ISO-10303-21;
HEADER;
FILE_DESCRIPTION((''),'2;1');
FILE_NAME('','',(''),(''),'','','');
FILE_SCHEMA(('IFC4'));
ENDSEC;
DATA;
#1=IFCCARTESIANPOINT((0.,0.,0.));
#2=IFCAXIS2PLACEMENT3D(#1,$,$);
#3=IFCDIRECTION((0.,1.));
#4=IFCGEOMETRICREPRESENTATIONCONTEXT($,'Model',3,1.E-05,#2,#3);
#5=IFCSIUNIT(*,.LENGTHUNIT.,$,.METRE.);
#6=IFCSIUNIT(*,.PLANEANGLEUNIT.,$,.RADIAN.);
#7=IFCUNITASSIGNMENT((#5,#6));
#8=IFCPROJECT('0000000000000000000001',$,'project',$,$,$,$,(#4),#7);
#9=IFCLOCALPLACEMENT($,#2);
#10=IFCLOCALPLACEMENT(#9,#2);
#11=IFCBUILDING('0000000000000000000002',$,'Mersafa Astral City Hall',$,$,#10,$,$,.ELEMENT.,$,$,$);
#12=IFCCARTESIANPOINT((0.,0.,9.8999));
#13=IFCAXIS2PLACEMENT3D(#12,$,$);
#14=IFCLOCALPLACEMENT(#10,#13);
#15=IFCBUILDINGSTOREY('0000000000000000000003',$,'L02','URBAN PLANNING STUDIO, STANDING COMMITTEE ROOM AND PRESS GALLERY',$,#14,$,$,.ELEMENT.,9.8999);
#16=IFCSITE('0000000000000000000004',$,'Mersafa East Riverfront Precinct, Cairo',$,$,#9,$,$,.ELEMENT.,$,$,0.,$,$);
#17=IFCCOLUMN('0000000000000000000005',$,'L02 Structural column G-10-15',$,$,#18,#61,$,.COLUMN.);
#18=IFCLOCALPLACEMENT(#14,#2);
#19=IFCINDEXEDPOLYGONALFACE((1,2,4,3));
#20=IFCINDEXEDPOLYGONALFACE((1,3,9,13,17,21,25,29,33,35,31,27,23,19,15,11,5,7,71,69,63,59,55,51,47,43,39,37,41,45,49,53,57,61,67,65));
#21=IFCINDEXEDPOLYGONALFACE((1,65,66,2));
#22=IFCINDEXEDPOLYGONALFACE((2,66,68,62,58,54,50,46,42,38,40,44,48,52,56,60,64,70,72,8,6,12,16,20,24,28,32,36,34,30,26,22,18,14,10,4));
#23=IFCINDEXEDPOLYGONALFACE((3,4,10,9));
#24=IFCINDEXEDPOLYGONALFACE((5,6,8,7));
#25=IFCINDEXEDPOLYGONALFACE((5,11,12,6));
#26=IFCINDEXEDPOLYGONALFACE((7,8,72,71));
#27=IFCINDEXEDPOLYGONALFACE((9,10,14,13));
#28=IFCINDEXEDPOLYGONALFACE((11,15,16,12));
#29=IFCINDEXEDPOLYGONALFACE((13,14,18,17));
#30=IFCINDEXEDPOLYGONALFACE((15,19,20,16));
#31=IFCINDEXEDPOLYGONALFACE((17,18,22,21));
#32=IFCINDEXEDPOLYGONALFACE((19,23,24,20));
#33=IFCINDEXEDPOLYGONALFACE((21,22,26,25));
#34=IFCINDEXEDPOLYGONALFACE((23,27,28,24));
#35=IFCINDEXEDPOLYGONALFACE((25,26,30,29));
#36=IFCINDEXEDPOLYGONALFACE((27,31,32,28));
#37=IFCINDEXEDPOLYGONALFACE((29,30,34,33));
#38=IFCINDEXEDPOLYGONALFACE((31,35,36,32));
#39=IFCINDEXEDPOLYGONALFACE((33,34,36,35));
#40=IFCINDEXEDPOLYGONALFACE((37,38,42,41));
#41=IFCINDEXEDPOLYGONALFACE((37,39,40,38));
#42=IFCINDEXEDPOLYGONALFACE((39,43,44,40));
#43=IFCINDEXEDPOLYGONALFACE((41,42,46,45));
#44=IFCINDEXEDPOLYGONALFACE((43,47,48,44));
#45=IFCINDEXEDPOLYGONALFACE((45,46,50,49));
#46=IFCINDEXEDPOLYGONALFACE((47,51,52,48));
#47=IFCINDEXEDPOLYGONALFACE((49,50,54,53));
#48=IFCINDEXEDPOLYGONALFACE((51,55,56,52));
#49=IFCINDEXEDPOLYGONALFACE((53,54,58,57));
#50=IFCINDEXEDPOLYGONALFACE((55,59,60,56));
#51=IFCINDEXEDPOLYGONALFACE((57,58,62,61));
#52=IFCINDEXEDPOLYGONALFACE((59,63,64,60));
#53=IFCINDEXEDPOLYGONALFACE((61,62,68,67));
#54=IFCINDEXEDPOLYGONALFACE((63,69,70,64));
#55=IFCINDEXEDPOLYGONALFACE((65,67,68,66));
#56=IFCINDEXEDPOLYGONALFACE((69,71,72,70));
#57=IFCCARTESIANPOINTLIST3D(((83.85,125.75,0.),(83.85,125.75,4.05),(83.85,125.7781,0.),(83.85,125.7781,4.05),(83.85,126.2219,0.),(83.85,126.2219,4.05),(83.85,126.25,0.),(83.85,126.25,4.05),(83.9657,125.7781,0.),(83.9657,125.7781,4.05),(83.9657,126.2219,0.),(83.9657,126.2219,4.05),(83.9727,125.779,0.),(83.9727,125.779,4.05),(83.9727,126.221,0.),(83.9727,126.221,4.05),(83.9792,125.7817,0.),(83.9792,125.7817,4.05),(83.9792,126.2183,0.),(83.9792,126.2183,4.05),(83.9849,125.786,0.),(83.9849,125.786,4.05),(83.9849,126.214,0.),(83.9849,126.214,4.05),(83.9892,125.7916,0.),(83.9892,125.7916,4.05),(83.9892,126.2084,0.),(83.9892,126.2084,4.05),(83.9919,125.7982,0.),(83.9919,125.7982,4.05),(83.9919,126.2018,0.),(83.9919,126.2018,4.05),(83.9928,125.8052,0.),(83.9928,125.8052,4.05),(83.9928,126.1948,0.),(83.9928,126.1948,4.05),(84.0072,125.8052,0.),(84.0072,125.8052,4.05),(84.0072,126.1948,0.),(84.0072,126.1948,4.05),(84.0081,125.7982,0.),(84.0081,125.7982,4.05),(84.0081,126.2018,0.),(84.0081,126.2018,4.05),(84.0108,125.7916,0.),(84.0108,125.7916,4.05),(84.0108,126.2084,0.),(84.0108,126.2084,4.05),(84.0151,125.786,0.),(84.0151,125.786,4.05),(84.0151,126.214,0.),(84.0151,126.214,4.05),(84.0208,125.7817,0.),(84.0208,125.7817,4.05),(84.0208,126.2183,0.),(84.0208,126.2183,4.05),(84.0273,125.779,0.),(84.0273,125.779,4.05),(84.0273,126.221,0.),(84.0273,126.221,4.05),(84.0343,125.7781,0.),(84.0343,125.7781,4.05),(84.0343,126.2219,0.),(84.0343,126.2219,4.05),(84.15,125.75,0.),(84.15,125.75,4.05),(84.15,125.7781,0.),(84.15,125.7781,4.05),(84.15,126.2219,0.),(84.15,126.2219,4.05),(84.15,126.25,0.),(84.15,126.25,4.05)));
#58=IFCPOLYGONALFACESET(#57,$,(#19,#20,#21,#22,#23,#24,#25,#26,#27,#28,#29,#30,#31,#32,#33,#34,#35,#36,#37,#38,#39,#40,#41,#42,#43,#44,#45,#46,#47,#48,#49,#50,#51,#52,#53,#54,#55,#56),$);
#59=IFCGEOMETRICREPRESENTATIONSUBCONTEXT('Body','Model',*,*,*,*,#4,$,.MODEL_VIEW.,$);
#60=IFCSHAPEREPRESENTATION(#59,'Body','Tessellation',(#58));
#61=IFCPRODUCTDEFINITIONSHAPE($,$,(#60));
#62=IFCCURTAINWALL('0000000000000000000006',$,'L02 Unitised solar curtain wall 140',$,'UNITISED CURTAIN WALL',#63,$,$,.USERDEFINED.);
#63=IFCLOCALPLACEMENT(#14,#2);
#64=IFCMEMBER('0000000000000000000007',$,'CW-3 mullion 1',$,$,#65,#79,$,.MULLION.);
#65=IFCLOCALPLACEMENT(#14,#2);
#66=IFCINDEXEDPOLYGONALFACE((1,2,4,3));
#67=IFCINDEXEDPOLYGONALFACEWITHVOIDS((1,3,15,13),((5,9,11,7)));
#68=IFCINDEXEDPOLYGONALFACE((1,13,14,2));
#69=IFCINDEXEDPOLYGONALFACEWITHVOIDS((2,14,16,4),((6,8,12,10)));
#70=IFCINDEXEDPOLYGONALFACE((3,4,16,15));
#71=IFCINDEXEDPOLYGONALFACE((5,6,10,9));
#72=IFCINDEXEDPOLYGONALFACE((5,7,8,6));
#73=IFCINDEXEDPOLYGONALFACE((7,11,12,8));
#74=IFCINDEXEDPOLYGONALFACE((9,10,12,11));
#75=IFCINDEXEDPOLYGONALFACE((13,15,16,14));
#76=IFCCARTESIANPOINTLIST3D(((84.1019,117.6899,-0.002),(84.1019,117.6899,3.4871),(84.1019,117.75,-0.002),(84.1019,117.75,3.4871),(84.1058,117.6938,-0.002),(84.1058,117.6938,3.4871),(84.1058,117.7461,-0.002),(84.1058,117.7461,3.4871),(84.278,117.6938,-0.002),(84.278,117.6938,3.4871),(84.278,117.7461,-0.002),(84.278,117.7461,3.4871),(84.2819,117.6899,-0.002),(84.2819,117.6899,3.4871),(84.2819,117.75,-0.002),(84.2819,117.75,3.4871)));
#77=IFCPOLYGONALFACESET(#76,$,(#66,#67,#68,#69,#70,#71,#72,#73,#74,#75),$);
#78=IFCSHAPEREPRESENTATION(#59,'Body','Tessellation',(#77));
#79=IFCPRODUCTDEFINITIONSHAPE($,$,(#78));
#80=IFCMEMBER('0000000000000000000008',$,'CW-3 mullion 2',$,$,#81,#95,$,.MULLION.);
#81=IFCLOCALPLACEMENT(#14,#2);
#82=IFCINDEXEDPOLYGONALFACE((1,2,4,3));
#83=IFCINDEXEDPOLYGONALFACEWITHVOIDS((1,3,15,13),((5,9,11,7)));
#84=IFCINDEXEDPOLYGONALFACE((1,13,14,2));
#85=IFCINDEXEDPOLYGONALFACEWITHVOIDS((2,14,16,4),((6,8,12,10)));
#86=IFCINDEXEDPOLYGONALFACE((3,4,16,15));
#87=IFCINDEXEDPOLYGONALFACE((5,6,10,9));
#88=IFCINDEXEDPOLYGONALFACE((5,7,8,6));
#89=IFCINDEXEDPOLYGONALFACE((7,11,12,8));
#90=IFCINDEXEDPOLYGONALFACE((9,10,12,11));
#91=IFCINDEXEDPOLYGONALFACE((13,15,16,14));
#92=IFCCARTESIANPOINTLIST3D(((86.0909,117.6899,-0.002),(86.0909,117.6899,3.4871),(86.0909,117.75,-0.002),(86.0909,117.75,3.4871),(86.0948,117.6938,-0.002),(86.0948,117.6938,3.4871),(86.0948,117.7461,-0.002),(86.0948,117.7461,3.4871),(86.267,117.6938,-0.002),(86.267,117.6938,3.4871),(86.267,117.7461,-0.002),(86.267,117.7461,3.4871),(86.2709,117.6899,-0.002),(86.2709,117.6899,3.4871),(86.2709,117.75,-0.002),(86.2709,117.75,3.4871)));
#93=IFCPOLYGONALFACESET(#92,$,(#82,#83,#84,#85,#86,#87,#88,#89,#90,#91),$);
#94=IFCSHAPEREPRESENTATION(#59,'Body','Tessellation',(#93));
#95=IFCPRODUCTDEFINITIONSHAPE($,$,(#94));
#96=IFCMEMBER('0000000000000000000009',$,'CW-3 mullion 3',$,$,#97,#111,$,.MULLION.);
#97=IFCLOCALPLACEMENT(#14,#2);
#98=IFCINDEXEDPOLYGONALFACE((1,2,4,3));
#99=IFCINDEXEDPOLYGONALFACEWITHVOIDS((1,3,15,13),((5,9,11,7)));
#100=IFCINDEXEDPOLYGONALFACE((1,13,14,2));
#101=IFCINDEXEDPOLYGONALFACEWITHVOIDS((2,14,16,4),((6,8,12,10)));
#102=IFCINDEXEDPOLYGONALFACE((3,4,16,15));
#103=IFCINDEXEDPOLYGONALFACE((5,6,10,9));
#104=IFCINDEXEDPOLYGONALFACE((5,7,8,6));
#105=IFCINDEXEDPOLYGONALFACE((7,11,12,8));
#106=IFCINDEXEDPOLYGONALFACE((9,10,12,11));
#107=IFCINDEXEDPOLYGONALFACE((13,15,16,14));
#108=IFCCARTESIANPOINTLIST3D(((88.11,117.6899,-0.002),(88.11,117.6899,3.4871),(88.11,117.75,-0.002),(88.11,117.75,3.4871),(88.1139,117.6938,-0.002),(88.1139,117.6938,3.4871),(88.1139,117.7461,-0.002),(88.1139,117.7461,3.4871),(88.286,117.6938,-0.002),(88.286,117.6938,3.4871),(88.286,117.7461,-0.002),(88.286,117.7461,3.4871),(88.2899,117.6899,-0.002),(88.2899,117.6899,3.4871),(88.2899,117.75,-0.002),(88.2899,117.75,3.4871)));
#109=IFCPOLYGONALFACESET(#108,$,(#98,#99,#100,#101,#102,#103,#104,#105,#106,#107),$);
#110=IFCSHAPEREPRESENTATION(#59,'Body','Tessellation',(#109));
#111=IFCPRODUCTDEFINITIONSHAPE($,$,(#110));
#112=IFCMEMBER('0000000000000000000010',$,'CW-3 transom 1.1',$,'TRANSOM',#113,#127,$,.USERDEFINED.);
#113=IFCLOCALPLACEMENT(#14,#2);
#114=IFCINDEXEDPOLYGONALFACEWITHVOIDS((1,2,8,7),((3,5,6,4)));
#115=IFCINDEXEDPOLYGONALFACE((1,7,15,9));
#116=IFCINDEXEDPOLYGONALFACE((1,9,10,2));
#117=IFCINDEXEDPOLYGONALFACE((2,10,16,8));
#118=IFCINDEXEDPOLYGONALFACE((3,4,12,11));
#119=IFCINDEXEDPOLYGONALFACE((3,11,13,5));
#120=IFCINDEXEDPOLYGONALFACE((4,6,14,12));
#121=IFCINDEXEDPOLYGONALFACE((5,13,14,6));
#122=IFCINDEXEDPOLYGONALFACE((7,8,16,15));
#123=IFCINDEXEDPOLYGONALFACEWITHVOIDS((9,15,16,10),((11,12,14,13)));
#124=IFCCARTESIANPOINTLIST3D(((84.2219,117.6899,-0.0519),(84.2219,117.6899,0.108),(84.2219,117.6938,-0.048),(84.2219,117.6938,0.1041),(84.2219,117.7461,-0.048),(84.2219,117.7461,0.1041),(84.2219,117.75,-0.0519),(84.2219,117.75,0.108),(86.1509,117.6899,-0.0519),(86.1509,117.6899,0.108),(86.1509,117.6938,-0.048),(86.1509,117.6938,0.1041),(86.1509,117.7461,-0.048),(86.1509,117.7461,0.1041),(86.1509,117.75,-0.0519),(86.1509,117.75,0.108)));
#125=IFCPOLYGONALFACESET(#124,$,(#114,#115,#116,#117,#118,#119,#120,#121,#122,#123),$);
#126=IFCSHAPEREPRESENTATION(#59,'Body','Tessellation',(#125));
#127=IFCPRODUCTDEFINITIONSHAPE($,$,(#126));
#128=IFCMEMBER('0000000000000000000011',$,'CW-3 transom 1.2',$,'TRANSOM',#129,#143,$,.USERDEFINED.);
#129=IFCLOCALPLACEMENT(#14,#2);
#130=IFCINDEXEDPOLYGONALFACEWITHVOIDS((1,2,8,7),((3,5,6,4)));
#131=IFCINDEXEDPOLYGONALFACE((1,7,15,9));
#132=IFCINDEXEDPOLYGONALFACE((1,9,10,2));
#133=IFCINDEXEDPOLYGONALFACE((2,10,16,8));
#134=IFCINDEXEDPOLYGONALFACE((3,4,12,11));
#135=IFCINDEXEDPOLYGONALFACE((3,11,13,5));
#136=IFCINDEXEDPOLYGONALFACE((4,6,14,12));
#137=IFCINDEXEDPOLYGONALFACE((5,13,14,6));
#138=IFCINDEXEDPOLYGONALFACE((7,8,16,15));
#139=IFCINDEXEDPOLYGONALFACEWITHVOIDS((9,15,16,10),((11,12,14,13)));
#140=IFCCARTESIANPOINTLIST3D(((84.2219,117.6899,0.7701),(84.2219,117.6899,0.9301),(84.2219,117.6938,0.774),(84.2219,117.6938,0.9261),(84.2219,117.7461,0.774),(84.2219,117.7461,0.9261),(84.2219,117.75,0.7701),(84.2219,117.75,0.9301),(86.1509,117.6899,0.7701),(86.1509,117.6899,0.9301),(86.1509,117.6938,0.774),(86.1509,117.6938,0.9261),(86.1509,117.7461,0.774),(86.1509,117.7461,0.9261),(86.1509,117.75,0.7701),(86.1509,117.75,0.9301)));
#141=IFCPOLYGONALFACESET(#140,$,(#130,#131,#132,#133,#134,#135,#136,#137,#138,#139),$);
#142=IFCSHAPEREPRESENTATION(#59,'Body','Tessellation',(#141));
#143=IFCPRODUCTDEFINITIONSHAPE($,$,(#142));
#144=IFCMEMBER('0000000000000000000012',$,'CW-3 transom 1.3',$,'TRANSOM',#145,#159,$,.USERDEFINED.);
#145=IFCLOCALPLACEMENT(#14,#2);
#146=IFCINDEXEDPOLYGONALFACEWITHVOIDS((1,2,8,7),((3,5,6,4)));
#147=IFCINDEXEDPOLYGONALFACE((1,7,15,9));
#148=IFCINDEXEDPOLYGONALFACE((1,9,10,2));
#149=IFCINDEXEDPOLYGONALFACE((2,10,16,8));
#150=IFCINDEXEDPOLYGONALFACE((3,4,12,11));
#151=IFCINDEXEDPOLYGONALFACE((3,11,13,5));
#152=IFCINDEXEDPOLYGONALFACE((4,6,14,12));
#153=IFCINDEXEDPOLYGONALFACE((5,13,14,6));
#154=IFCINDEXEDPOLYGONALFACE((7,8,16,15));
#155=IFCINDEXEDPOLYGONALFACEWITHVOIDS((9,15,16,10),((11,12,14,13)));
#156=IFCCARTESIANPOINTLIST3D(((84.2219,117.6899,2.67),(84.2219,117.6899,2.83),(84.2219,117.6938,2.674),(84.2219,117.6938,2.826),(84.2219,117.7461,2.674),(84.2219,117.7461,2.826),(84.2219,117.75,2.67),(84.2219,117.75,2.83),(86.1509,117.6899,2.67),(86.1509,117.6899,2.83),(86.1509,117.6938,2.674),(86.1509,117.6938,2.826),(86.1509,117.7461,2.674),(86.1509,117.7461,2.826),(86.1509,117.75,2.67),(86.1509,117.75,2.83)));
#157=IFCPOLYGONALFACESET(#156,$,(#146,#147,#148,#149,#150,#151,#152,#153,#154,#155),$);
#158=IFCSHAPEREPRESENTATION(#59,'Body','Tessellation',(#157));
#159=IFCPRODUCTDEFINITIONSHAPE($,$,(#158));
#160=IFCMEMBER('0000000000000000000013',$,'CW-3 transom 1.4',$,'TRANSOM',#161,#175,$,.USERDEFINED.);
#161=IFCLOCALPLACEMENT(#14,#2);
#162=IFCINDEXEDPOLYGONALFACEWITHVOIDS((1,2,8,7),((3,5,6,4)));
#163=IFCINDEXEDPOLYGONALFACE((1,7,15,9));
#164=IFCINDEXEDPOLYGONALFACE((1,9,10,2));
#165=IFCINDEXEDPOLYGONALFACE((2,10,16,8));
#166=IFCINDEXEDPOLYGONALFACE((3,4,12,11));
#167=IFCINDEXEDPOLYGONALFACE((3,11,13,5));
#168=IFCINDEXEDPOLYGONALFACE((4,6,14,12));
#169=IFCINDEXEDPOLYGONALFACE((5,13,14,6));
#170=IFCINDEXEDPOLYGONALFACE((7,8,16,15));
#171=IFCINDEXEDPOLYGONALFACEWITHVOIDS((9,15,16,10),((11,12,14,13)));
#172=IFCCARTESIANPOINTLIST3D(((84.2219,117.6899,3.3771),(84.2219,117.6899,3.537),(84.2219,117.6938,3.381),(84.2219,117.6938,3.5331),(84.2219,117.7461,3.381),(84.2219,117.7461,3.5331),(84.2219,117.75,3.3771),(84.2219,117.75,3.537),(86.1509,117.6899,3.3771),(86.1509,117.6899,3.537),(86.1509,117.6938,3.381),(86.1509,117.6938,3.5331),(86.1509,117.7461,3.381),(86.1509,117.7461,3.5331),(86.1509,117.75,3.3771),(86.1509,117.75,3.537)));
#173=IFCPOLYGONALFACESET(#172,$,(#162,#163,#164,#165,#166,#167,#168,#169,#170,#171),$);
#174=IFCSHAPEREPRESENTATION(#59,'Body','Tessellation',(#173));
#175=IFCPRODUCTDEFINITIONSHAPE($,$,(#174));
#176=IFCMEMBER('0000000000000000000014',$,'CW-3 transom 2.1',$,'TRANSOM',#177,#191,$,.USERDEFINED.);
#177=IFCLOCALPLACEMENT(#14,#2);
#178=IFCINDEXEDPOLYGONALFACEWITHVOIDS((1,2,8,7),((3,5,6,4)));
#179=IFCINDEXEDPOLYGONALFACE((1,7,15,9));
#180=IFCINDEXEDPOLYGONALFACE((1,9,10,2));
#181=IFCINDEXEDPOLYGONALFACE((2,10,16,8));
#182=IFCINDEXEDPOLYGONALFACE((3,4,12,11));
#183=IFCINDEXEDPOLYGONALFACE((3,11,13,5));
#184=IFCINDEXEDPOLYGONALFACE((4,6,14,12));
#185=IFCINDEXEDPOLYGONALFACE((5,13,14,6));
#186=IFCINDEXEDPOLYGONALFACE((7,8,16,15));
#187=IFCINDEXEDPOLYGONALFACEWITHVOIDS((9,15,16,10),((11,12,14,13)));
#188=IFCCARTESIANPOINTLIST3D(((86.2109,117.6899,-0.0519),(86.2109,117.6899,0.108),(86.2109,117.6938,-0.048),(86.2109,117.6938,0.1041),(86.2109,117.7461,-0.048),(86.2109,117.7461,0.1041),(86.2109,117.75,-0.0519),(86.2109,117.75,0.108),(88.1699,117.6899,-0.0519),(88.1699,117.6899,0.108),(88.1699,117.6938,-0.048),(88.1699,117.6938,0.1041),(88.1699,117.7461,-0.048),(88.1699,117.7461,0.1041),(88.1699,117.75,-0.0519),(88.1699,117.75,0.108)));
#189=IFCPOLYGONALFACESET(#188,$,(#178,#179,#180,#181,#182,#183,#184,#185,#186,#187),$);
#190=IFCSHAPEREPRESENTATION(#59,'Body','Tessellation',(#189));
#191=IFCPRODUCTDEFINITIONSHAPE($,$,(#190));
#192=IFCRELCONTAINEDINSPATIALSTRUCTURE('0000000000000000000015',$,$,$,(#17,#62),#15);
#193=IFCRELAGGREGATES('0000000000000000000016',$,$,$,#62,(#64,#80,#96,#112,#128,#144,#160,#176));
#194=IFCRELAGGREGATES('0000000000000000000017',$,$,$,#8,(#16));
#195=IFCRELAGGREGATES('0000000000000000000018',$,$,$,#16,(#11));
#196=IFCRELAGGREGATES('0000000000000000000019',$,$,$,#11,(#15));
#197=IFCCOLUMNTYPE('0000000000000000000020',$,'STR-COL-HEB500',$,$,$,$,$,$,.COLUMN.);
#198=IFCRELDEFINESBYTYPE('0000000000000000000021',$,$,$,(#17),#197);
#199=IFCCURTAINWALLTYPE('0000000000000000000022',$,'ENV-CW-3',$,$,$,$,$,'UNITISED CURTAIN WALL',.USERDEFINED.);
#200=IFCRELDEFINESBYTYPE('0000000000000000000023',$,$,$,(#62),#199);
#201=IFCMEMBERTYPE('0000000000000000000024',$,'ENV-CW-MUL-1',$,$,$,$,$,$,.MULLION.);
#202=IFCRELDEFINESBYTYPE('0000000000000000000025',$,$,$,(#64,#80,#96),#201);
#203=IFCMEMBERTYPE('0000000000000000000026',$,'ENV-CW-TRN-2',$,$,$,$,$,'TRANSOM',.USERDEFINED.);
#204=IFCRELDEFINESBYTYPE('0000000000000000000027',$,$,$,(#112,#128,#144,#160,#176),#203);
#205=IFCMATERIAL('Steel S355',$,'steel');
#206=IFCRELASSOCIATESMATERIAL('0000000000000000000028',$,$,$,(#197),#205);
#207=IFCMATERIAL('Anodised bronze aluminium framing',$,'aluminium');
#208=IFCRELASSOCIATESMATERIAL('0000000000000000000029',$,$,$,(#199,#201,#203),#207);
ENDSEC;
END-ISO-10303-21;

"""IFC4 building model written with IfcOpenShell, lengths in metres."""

from ifc_helpers import new_model, si_unit, direction, frame, origin, origin_2d, place, context, subcontext, project, spatial, hollow_rectangle, i_section, extrude, material, material_profile, profile_set, type_object, element, aggregate, save


model = new_model("IFC4")

# Units and contexts
model_context = context("Model", 3, precision=1e-05, world=origin(), true_north=direction((0.0, 1.0)))
body_context = subcontext(model_context, "Body", "Model", "MODEL_VIEW")
ifc_project = project(units=[si_unit("LENGTHUNIT", "METRE"), si_unit("PLANEANGLEUNIT", "RADIAN")], contexts=[model_context])

# Site, building, storey
site_placement = place(None, origin())
site = spatial("IfcSite", under=ifc_project, at=site_placement, Name="Mersafa East Riverfront Precinct, Cairo", CompositionType="ELEMENT", RefElevation=0.0)
building_placement = place(site_placement, origin())
building = spatial("IfcBuilding", under=site, at=building_placement, Name="Mersafa Astral City Hall", CompositionType="ELEMENT")
storey_placement = place(building_placement, frame((0.0, 0.0, 9.8999)))
storey = spatial("IfcBuildingStorey", under=building, at=storey_placement, Name="L02", Description="URBAN PLANNING STUDIO, STANDING COMMITTEE ROOM AND PRESS GALLERY", CompositionType="ELEMENT", Elevation=9.8999)

# Column
ifc_material_1 = material(Name="Steel S355", Category="steel")
ifc_material_profile_1 = material_profile(ifc_material_1, i_section(OverallWidth=0.3, OverallDepth=0.5, WebThickness=0.0144, FlangeThickness=0.0281, FilletRadius=0.0271, at=origin_2d()), Name="HEB 500")
ifc_profile_set_1 = profile_set([ifc_material_profile_1], Name="Steel S355")
column_type = type_object("IfcColumnType", Name="STR-COL-HEB500", PredefinedType="COLUMN", material=ifc_profile_set_1)
column_placement = place(storey_placement, frame((84.0, 126.0, 0.0), z_axis=(0.0, 0.0, 1.0), x_axis=(1.0, 0.0, 0.0)))
element("IfcColumn", 1, at=column_placement, inside=storey, type_object=column_type, Name="L02 Structural column G-10-15", PredefinedType="COLUMN", context=body_context, shape_type="SweptSolid", body=[
    extrude(i_section(OverallWidth=0.3, OverallDepth=0.5, WebThickness=0.0144, FlangeThickness=0.0281, FilletRadius=0.0271, at=origin_2d()), origin(), (0.0, 0.0, 1.0), 4.05),
])

# Curtain wall, members
ifc_material_2 = material(Name="Anodised bronze aluminium framing", Category="aluminium")
curtain_wall_type = type_object("IfcCurtainWallType", Name="ENV-CW-3", ElementType="UNITISED CURTAIN WALL", PredefinedType="USERDEFINED", material=ifc_material_2)
curtain_wall_placement = place(storey_placement, origin())
curtain_wall = element("IfcCurtainWall", 2, at=curtain_wall_placement, inside=storey, type_object=curtain_wall_type, Name="L02 Unitised solar curtain wall 140", ObjectType="UNITISED CURTAIN WALL", PredefinedType="USERDEFINED")
ifc_material_profile_2 = material_profile(ifc_material_2, hollow_rectangle(XDim=0.0601, YDim=0.1799, WallThickness=0.0039, at=origin_2d()), Name="RHS 60x180x4")
ifc_profile_set_2 = profile_set([ifc_material_profile_2], Name="Anodised bronze aluminium framing")
member_type_1 = type_object("IfcMemberType", Name="ENV-CW-MUL-1", PredefinedType="MULLION", material=ifc_profile_set_2)
member_1_placement = place(storey_placement, frame((84.1919, 117.72, -0.002), z_axis=(0.0, 0.0, 1.0), x_axis=(0.0, 1.0, 0.0)))
member_1 = element("IfcMember", 3, at=member_1_placement, type_object=member_type_1, Name="CW-3 mullion 1", PredefinedType="MULLION", context=body_context, shape_type="SweptSolid", body=[
    extrude(hollow_rectangle(XDim=0.0601, YDim=0.1799, WallThickness=0.0039, at=origin_2d()), origin(), (0.0, 0.0, 1.0), 3.489),
])
member_2_placement = place(storey_placement, frame((86.1809, 117.72, -0.002), z_axis=(0.0, 0.0, 1.0), x_axis=(0.0, 1.0, 0.0)))
member_2 = element("IfcMember", 4, at=member_2_placement, type_object=member_type_1, Name="CW-3 mullion 2", PredefinedType="MULLION", context=body_context, shape_type="SweptSolid", body=[
    extrude(hollow_rectangle(XDim=0.0601, YDim=0.1799, WallThickness=0.0039, at=origin_2d()), origin(), (0.0, 0.0, 1.0), 3.489),
])
member_3_placement = place(storey_placement, frame((88.2, 117.72, -0.002), z_axis=(0.0, 0.0, 1.0), x_axis=(0.0, 1.0, 0.0)))
member_3 = element("IfcMember", 5, at=member_3_placement, type_object=member_type_1, Name="CW-3 mullion 3", PredefinedType="MULLION", context=body_context, shape_type="SweptSolid", body=[
    extrude(hollow_rectangle(XDim=0.0601, YDim=0.1799, WallThickness=0.0039, at=origin_2d()), origin(), (0.0, 0.0, 1.0), 3.489),
])
ifc_material_profile_3 = material_profile(ifc_material_2, hollow_rectangle(XDim=0.0601, YDim=0.1599, WallThickness=0.0039, at=origin_2d()), Name="RHS 60x160x4")
ifc_profile_set_3 = profile_set([ifc_material_profile_3], Name="Anodised bronze aluminium framing")
member_type_2 = type_object("IfcMemberType", Name="ENV-CW-TRN-2", ElementType="TRANSOM", PredefinedType="USERDEFINED", material=ifc_profile_set_3)
member_4_placement = place(storey_placement, frame((84.2219, 117.72, 0.0281), z_axis=(1.0, 0.0, 0.0), x_axis=(0.0, 1.0, 0.0)))
member_4 = element("IfcMember", 6, at=member_4_placement, type_object=member_type_2, Name="CW-3 transom 1.1", ObjectType="TRANSOM", PredefinedType="USERDEFINED", context=body_context, shape_type="SweptSolid", body=[
    extrude(hollow_rectangle(XDim=0.0601, YDim=0.1599, WallThickness=0.0039, at=origin_2d()), origin(), (0.0, 0.0, 1.0), 1.929),
])
member_5_placement = place(storey_placement, frame((84.2219, 117.72, 0.8501), z_axis=(1.0, 0.0, 0.0), x_axis=(0.0, 1.0, 0.0)))
member_5 = element("IfcMember", 7, at=member_5_placement, type_object=member_type_2, Name="CW-3 transom 1.2", ObjectType="TRANSOM", PredefinedType="USERDEFINED", context=body_context, shape_type="SweptSolid", body=[
    extrude(hollow_rectangle(XDim=0.0601, YDim=0.1599, WallThickness=0.0039, at=origin_2d()), origin(), (0.0, 0.0, 1.0), 1.929),
])
member_6_placement = place(storey_placement, frame((84.2219, 117.72, 2.75), z_axis=(1.0, 0.0, 0.0), x_axis=(0.0, 1.0, 0.0)))
member_6 = element("IfcMember", 8, at=member_6_placement, type_object=member_type_2, Name="CW-3 transom 1.3", ObjectType="TRANSOM", PredefinedType="USERDEFINED", context=body_context, shape_type="SweptSolid", body=[
    extrude(hollow_rectangle(XDim=0.0601, YDim=0.1599, WallThickness=0.0039, at=origin_2d()), origin(), (0.0, 0.0, 1.0), 1.929),
])
member_7_placement = place(storey_placement, frame((84.2219, 117.72, 3.457), z_axis=(1.0, 0.0, 0.0), x_axis=(0.0, 1.0, 0.0)))
member_7 = element("IfcMember", 9, at=member_7_placement, type_object=member_type_2, Name="CW-3 transom 1.4", ObjectType="TRANSOM", PredefinedType="USERDEFINED", context=body_context, shape_type="SweptSolid", body=[
    extrude(hollow_rectangle(XDim=0.0601, YDim=0.1599, WallThickness=0.0039, at=origin_2d()), origin(), (0.0, 0.0, 1.0), 1.929),
])
member_8_placement = place(storey_placement, frame((86.2109, 117.72, 0.0281), z_axis=(1.0, 0.0, 0.0), x_axis=(0.0, 1.0, 0.0)))
member_8 = element("IfcMember", 10, at=member_8_placement, type_object=member_type_2, Name="CW-3 transom 2.1", ObjectType="TRANSOM", PredefinedType="USERDEFINED", context=body_context, shape_type="SweptSolid", body=[
    extrude(hollow_rectangle(XDim=0.0601, YDim=0.1599, WallThickness=0.0039, at=origin_2d()), origin(), (0.0, 0.0, 1.0), 1.959),
])

aggregate(curtain_wall, [member_1, member_2, member_3, member_4, member_5, member_6, member_7, member_8])

save(model, "model.ifc")
